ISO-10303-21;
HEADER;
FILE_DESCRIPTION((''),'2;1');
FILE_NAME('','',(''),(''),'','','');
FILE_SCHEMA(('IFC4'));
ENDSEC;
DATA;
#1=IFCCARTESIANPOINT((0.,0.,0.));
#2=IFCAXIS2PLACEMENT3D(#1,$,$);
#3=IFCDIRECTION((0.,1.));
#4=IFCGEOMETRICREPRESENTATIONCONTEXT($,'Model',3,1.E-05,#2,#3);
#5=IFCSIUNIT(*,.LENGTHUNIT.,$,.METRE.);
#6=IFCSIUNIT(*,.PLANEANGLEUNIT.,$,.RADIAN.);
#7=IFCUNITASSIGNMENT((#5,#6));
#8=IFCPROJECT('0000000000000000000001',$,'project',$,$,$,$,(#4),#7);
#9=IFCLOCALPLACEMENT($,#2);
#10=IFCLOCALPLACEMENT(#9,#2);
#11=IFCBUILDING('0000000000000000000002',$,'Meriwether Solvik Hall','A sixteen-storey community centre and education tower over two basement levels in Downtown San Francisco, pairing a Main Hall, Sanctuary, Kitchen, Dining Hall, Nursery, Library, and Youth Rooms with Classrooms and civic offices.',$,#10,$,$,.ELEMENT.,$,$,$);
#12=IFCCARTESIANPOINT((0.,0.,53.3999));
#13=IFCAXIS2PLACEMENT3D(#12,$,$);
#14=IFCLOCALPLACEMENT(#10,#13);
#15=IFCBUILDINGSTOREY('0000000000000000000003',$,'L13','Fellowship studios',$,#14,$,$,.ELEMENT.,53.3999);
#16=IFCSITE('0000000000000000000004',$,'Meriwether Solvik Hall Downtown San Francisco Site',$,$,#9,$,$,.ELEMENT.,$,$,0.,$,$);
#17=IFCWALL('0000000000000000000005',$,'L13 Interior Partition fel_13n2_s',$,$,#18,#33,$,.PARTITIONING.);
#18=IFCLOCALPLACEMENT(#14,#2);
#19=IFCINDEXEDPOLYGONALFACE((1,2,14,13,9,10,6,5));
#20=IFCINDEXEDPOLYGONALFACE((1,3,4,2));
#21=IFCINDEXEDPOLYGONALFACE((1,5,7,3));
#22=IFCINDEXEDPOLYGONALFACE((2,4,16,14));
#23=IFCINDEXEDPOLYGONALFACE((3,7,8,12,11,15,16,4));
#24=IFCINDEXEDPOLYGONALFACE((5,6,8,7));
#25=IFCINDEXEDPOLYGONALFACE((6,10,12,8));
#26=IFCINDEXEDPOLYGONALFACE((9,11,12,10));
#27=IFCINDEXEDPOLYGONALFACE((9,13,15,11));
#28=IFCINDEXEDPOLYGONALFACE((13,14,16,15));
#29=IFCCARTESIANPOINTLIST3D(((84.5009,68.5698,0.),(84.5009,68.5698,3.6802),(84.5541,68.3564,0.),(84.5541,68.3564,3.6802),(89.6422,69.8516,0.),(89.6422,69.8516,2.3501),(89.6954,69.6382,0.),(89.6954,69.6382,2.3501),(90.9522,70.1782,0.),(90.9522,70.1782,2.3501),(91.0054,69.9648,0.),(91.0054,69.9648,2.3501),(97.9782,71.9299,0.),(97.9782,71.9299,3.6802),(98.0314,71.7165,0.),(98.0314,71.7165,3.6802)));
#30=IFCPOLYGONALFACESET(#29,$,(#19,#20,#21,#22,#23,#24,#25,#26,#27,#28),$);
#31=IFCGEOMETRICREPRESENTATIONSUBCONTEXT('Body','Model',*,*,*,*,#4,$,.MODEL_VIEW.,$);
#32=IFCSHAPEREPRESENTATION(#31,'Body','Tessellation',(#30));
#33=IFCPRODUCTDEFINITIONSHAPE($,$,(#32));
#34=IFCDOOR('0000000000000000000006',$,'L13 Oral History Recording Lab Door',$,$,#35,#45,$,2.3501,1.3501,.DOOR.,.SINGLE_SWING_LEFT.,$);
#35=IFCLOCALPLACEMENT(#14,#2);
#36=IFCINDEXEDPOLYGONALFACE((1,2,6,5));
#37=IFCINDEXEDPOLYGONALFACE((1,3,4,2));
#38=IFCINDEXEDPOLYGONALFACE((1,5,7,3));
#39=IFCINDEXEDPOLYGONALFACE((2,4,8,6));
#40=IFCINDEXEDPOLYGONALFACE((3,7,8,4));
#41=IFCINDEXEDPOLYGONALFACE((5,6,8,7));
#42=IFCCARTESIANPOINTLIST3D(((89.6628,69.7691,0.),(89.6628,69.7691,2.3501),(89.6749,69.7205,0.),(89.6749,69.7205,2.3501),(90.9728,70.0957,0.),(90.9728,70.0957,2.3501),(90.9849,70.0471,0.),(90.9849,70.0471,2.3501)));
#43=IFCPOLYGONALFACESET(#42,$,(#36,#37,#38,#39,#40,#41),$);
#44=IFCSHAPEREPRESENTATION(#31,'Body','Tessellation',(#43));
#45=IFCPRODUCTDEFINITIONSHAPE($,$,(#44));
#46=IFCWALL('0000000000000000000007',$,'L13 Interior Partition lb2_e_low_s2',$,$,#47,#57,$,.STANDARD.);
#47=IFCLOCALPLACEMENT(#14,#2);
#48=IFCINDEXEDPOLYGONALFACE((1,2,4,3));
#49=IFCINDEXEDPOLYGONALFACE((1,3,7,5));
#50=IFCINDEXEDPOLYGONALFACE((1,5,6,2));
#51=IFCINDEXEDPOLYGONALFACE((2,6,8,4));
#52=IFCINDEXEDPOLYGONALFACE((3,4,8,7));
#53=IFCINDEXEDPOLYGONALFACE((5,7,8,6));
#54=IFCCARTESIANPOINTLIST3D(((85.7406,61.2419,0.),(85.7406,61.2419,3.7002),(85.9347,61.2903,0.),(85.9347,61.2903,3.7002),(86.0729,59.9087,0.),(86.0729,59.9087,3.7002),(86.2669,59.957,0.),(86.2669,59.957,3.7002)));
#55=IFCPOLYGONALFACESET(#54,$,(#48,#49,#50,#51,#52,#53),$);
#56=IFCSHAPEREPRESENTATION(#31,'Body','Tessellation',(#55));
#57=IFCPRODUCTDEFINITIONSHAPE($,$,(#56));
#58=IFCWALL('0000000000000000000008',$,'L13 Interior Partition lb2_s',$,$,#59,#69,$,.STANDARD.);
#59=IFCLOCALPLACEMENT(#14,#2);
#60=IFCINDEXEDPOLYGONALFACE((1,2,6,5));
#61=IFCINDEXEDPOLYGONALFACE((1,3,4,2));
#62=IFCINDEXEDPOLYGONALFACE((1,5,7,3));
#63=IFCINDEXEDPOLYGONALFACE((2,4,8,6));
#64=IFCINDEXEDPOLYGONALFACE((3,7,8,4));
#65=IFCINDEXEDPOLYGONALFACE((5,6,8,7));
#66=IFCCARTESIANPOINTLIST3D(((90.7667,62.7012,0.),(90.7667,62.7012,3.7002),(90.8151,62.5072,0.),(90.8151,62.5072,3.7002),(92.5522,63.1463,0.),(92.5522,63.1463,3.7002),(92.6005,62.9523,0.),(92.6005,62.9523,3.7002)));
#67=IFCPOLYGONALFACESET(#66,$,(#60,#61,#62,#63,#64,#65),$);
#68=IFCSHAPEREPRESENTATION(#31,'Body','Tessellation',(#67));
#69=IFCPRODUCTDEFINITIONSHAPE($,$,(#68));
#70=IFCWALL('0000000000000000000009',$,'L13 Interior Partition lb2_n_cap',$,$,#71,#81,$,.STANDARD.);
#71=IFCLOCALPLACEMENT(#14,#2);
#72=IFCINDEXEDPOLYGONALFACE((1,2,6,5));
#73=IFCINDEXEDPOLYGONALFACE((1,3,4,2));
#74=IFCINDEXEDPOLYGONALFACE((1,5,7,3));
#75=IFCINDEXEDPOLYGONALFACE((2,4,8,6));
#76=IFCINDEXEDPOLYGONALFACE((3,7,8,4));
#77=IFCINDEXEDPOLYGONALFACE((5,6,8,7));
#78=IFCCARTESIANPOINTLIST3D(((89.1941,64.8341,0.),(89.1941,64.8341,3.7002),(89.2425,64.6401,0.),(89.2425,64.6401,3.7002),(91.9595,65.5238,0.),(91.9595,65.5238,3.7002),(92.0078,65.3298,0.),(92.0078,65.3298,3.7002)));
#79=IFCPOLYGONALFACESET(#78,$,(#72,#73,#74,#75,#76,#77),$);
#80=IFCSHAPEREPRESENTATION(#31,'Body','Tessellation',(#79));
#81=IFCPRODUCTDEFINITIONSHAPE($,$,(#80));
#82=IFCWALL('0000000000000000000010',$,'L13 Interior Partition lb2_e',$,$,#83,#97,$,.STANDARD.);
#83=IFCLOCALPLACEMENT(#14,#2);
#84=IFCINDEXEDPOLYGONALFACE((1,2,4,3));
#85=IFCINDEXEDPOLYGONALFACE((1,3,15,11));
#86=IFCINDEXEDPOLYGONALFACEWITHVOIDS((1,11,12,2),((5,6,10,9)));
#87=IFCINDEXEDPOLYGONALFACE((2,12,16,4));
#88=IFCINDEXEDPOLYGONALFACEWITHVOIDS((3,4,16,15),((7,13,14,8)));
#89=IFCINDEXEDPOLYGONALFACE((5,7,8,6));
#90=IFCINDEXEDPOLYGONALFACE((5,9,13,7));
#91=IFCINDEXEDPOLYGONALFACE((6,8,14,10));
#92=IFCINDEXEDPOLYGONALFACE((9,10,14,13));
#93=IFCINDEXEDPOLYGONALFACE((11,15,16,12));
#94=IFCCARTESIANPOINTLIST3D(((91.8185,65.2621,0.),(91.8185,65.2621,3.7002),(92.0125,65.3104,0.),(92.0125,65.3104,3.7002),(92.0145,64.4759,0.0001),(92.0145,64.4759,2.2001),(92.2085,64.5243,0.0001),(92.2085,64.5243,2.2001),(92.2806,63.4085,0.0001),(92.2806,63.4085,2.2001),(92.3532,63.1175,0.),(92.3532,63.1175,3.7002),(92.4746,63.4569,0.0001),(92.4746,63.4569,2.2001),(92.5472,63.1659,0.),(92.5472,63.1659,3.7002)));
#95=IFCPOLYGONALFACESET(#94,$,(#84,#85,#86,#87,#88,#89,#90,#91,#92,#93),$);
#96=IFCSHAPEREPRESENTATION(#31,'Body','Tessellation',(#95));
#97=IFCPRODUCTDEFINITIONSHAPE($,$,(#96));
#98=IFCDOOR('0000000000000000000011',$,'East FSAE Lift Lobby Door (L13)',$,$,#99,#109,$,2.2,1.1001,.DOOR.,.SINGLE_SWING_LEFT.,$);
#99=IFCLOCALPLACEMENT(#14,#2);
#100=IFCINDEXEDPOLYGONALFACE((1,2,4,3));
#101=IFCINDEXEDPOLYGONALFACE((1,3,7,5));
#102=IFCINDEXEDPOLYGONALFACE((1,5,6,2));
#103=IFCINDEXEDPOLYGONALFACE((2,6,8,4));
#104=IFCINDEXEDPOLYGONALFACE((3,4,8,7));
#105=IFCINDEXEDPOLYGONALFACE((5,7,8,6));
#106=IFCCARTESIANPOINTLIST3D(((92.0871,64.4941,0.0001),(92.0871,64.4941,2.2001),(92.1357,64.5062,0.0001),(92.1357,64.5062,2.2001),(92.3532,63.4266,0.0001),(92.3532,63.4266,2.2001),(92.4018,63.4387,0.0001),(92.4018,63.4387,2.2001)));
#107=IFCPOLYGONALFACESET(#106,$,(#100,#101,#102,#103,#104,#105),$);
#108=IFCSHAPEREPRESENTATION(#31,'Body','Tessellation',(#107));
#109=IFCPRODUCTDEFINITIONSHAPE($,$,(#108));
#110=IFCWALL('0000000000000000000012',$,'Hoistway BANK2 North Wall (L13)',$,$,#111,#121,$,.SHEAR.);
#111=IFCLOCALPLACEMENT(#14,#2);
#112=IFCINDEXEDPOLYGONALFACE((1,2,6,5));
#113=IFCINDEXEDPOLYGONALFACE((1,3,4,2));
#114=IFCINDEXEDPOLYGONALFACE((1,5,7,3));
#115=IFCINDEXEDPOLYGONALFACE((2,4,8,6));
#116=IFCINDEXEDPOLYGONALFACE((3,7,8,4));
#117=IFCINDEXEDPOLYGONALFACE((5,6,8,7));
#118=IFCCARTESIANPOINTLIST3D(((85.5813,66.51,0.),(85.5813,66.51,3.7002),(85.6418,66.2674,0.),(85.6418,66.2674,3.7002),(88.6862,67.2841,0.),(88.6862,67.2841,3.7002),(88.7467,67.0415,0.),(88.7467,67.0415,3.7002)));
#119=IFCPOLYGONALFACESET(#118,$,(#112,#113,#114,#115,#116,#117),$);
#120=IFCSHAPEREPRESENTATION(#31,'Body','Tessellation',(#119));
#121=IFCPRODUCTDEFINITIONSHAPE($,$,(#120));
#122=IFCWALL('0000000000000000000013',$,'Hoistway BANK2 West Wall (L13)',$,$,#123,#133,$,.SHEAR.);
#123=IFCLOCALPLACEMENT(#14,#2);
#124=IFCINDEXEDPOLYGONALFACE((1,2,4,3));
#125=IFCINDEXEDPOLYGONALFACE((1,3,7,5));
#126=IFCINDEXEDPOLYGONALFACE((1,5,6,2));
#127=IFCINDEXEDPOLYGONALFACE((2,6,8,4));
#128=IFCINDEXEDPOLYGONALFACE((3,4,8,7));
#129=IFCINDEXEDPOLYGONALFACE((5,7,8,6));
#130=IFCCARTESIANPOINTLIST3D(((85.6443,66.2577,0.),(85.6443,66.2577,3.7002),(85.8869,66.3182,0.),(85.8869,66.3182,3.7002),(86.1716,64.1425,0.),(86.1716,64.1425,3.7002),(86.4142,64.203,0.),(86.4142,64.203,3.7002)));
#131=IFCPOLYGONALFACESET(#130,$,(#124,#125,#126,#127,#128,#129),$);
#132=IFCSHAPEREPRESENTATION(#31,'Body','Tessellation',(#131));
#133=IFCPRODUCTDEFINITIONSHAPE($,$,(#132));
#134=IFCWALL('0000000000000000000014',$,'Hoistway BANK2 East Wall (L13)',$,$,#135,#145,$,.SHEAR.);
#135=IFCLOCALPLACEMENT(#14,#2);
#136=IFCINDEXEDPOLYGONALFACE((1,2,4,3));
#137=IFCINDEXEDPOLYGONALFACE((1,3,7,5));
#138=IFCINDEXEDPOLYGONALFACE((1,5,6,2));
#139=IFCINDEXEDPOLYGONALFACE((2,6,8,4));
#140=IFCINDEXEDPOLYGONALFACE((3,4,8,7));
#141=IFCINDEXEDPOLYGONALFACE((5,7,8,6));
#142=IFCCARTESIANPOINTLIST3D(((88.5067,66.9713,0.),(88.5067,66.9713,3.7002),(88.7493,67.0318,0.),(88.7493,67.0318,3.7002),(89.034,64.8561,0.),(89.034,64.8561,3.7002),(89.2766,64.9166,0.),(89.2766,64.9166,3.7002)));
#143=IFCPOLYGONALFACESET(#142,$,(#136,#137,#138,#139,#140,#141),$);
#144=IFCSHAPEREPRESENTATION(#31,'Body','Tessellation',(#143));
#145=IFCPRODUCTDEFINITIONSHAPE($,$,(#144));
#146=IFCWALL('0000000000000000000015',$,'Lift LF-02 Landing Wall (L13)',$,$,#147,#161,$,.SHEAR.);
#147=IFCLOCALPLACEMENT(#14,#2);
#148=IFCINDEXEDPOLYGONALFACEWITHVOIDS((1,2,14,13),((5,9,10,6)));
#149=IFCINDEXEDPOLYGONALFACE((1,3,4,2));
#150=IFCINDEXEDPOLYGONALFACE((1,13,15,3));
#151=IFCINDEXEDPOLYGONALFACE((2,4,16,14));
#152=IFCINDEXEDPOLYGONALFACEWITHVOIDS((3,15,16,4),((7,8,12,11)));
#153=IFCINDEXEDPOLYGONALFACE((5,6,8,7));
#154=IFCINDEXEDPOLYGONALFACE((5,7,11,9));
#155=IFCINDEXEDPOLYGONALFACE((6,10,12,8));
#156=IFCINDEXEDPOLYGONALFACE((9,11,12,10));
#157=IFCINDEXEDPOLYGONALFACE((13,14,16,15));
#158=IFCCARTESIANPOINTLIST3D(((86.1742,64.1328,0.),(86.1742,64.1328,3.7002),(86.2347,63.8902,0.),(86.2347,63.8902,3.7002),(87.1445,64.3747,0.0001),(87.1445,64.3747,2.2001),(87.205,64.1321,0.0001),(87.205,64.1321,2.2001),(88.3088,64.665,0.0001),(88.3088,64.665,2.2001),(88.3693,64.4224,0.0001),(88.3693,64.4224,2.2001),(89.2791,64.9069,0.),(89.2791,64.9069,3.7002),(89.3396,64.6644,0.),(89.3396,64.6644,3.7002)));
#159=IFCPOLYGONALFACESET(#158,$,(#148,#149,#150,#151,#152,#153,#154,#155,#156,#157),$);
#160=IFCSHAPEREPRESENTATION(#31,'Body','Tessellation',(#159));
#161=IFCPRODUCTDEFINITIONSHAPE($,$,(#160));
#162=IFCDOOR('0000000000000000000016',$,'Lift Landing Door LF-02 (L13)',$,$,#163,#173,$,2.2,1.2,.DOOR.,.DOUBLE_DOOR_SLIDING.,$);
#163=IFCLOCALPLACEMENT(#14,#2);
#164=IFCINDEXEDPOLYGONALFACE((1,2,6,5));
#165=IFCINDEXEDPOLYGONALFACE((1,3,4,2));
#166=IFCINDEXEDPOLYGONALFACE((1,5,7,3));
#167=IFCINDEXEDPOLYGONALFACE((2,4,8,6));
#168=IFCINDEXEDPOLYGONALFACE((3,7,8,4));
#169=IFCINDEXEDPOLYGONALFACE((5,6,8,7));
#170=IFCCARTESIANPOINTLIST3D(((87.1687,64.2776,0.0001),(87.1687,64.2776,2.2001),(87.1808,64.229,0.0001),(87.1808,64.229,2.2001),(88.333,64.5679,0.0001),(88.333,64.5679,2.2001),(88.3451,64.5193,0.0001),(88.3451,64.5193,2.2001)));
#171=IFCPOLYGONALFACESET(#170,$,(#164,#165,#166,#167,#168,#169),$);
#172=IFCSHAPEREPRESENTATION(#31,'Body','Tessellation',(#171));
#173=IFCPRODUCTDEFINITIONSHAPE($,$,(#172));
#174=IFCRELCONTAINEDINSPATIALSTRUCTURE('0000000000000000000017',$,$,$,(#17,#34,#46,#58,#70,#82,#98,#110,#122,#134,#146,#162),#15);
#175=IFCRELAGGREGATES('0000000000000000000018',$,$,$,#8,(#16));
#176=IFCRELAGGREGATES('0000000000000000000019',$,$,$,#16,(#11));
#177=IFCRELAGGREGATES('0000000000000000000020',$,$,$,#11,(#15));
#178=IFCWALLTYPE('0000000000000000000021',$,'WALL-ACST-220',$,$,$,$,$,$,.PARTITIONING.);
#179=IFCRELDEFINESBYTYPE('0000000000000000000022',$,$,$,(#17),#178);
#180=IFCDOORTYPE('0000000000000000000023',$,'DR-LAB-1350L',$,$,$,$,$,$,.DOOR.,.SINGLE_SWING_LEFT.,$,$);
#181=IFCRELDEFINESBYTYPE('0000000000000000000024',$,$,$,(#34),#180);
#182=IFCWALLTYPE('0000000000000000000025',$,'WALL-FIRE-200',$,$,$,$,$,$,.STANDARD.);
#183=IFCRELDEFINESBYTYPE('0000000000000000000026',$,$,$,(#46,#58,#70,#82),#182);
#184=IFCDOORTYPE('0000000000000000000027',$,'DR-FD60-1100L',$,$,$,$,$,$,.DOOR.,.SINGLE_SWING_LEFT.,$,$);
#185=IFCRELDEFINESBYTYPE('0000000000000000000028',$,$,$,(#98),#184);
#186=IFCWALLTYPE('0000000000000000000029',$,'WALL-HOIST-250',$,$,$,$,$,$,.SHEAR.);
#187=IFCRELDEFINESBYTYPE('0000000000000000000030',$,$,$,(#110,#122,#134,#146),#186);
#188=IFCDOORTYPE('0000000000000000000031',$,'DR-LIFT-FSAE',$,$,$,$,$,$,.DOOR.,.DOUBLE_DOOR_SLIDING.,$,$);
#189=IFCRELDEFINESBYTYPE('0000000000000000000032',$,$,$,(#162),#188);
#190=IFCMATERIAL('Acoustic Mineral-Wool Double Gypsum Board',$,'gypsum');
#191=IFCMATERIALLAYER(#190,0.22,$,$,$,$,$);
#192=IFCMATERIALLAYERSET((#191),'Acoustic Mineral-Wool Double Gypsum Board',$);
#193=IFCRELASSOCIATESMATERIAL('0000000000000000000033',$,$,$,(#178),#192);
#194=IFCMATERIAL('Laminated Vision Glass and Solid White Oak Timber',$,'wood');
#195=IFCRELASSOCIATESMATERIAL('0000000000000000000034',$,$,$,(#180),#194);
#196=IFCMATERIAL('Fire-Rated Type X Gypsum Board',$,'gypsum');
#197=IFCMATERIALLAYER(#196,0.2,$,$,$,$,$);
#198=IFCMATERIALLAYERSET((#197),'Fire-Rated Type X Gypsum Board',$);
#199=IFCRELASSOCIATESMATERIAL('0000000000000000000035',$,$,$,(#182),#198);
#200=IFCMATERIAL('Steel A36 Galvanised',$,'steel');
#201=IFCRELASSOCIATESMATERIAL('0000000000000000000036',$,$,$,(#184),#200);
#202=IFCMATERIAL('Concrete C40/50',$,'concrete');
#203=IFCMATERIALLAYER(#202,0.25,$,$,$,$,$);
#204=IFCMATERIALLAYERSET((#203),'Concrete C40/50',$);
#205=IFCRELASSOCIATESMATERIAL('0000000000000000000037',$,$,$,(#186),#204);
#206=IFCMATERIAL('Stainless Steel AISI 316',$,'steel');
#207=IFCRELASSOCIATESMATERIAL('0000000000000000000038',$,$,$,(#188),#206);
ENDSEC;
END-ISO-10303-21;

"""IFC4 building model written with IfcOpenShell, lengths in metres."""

from ifc_helpers import new_model, si_unit, direction, frame, frame_2d, origin, place, context, subcontext, project, spatial, rectangle, extrude, material, layer, layer_set, type_object, element, fill, save


model = new_model("IFC4")

# Units and contexts
model_context = context("Model", 3, precision=1e-05, world=origin(), true_north=direction((0.0, 1.0)))
body_context = subcontext(model_context, "Body", "Model", "MODEL_VIEW")
ifc_project = project(units=[si_unit("LENGTHUNIT", "METRE"), si_unit("PLANEANGLEUNIT", "RADIAN")], contexts=[model_context])

# Site, building, storey
site_placement = place(None, origin())
site = spatial("IfcSite", under=ifc_project, at=site_placement, Name="Meriwether Solvik Hall Downtown San Francisco Site", CompositionType="ELEMENT", RefElevation=0.0)
building_placement = place(site_placement, origin())
building = spatial("IfcBuilding", under=site, at=building_placement, Name="Meriwether Solvik Hall", Description="A sixteen-storey community centre and education tower over two basement levels in Downtown San Francisco, pairing a Main Hall, Sanctuary, Kitchen, Dining Hall, Nursery, Library, and Youth Rooms with Classrooms and civic offices.", CompositionType="ELEMENT")
storey_placement = place(building_placement, frame((0.0, 0.0, 53.3999)))
storey = spatial("IfcBuildingStorey", under=building, at=storey_placement, Name="L13", Description="Fellowship studios", CompositionType="ELEMENT", Elevation=53.3999)

# Wall, opening, door
ifc_material_1 = material(Name="Acoustic Mineral-Wool Double Gypsum Board", Category="gypsum")
ifc_layer_1 = layer(ifc_material_1, 0.22)
ifc_layer_set_1 = layer_set([ifc_layer_1], Name="Acoustic Mineral-Wool Double Gypsum Board")
wall_type_1 = type_object("IfcWallType", Name="WALL-ACST-220", PredefinedType="PARTITIONING", material=ifc_layer_set_1)
wall_1_placement = place(storey_placement, frame((84.5276, 68.4631, 0.0), z_axis=(0.0, 0.0, 1.0), x_axis=(0.970298, 0.241911, 0.0)))
wall_1 = element("IfcWall", 1, at=wall_1_placement, inside=storey, type_object=wall_type_1, Name="L13 Interior Partition fel_13n2_s", PredefinedType="PARTITIONING", context=body_context, shape_type="SweptSolid", body=[
    extrude(rectangle(XDim=13.8899, YDim=0.22, at=frame_2d((6.9448, 0.0))), origin(), (0.0, 0.0, 1.0), 3.6802),
])
opening_1_placement = place(wall_1_placement, frame((5.2986, 0.0, 0.0)))
opening_1 = element("IfcOpeningElement", 2, at=opening_1_placement, cuts=wall_1, PredefinedType="OPENING", context=body_context, shape_type="SweptSolid", body=[
    extrude(rectangle(XDim=1.3501, YDim=2.3501, at=frame_2d((0.675, 1.175))), frame((0.0, 0.1221, 0.0), z_axis=(0.0, -1.0, 0.0), x_axis=(1.0, 0.0, 0.0)), (0.0, 0.0, 1.0), 0.2439),
])
ifc_material_2 = material(Name="Laminated Vision Glass and Solid White Oak Timber", Category="wood")
door_type_1 = type_object("IfcDoorType", Name="DR-LAB-1350L", OperationType="SINGLE_SWING_LEFT", PredefinedType="DOOR", material=ifc_material_2)
door_1_placement = place(opening_1_placement, origin())
door_1 = element("IfcDoor", 3, at=door_1_placement, inside=storey, type_object=door_type_1, Name="L13 Oral History Recording Lab Door", OperationType="SINGLE_SWING_LEFT", OverallHeight=2.3501, OverallWidth=1.3501, PredefinedType="DOOR", context=body_context, shape_type="SweptSolid", body=[
    extrude(rectangle(XDim=1.3501, YDim=2.3501, at=frame_2d((0.675, 1.175))), frame((0.0, 0.0249, 0.0), z_axis=(0.0, -1.0, 0.0), x_axis=(1.0, 0.0, 0.0)), (0.0, 0.0, 1.0), 0.05),
])
fill(opening_1, door_1)

# Walls
ifc_material_3 = material(Name="Fire-Rated Type X Gypsum Board", Category="gypsum")
ifc_layer_2 = layer(ifc_material_3, 0.2)
ifc_layer_set_2 = layer_set([ifc_layer_2], Name="Fire-Rated Type X Gypsum Board")
wall_type_2 = type_object("IfcWallType", Name="WALL-FIRE-200", PredefinedType="STANDARD", material=ifc_layer_set_2)
wall_2_placement = place(storey_placement, frame((86.1699, 59.9329, 0.0), z_axis=(0.0, 0.0, 1.0), x_axis=(-0.241825, 0.97032, 0.0)))
element("IfcWall", 4, at=wall_2_placement, inside=storey, type_object=wall_type_2, Name="L13 Interior Partition lb2_e_low_s2", PredefinedType="STANDARD", context=body_context, shape_type="SweptSolid", body=[
    extrude(rectangle(XDim=1.374, YDim=0.2, at=frame_2d((0.687, 0.0))), origin(), (0.0, 0.0, 1.0), 3.7002),
])
wall_3_placement = place(storey_placement, frame((90.791, 62.6042, 0.0), z_axis=(0.0, 0.0, 1.0), x_axis=(0.970306, 0.24188, 0.0)))
element("IfcWall", 5, at=wall_3_placement, inside=storey, type_object=wall_type_2, Name="L13 Interior Partition lb2_s", PredefinedType="STANDARD", context=body_context, shape_type="SweptSolid", body=[
    extrude(rectangle(XDim=1.8401, YDim=0.2, at=frame_2d((0.9199, 0.0))), origin(), (0.0, 0.0, 1.0), 3.7002),
])
wall_4_placement = place(storey_placement, frame((89.2183, 64.7371, 0.0), z_axis=(0.0, 0.0, 1.0), x_axis=(0.970278, 0.241991, 0.0)))
element("IfcWall", 6, at=wall_4_placement, inside=storey, type_object=wall_type_2, Name="L13 Interior Partition lb2_n_cap", PredefinedType="STANDARD", context=body_context, shape_type="SweptSolid", body=[
    extrude(rectangle(XDim=2.8501, YDim=0.2, at=frame_2d((1.425, 0.0))), origin(), (0.0, 0.0, 1.0), 3.7002),
])

# Wall, opening, door
wall_5_placement = place(storey_placement, frame((91.9155, 65.2861, 0.0), z_axis=(0.0, 0.0, 1.0), x_axis=(0.241912, -0.970298, 0.0)))
wall_5 = element("IfcWall", 7, at=wall_5_placement, inside=storey, type_object=wall_type_2, Name="L13 Interior Partition lb2_e", PredefinedType="STANDARD", context=body_context, shape_type="SweptSolid", body=[
    extrude(rectangle(XDim=2.2102, YDim=0.2, at=frame_2d((1.105, 0.0))), origin(), (0.0, 0.0, 1.0), 3.7002),
])
opening_2_placement = place(wall_5_placement, frame((0.8101, 0.0, 0.0)))
opening_2 = element("IfcOpeningElement", 8, at=opening_2_placement, cuts=wall_5, PredefinedType="OPENING", context=body_context, shape_type="SweptSolid", body=[
    extrude(rectangle(XDim=1.1001, YDim=2.2, at=frame_2d((0.55, 1.1001))), frame((0.0, 0.1118, 0.0), z_axis=(0.0, -1.0, 0.0), x_axis=(1.0, 0.0, 0.0)), (0.0, 0.0, 1.0), 0.2239),
])
ifc_material_4 = material(Name="Steel A36 Galvanised", Category="steel")
door_type_2 = type_object("IfcDoorType", Name="DR-FD60-1100L", OperationType="SINGLE_SWING_LEFT", PredefinedType="DOOR", material=ifc_material_4)
door_2_placement = place(opening_2_placement, origin())
door_2 = element("IfcDoor", 9, at=door_2_placement, inside=storey, type_object=door_type_2, Name="East FSAE Lift Lobby Door (L13)", OperationType="SINGLE_SWING_LEFT", OverallHeight=2.2, OverallWidth=1.1001, PredefinedType="DOOR", context=body_context, shape_type="SweptSolid", body=[
    extrude(rectangle(XDim=1.1001, YDim=2.2, at=frame_2d((0.55, 1.1001))), frame((0.0, 0.0249, 0.0), z_axis=(0.0, -1.0, 0.0), x_axis=(1.0, 0.0, 0.0)), (0.0, 0.0, 1.0), 0.05),
])
fill(opening_2, door_2)

# Walls
ifc_material_5 = material(Name="Concrete C40/50", Category="concrete")
ifc_layer_3 = layer(ifc_material_5, 0.25)
ifc_layer_set_3 = layer_set([ifc_layer_3], Name="Concrete C40/50")
wall_type_3 = type_object("IfcWallType", Name="WALL-HOIST-250", PredefinedType="SHEAR", material=ifc_layer_set_3)
wall_6_placement = place(storey_placement, frame((88.7166, 67.1628, 0.0), z_axis=(0.0, 0.0, 1.0), x_axis=(-0.970295, -0.241925, 0.0)))
element("IfcWall", 10, at=wall_6_placement, inside=storey, type_object=wall_type_3, Name="Hoistway BANK2 North Wall (L13)", PredefinedType="SHEAR", context=body_context, shape_type="SweptSolid", body=[
    extrude(rectangle(XDim=3.2, YDim=0.25, at=frame_2d((1.6001, 0.0))), origin(), (0.0, 0.0, 1.0), 3.7002),
])
for number, where, z_axis, x_axis, name in (
    (11, (85.7656, 66.2878, 0.0), (0.0, 0.0, 1.0), (0.241903, -0.9703, 0.0), "Hoistway BANK2 West Wall (L13)"),
    (12, (89.1553, 64.8865, 0.0), (0.0, 0.0, 1.0), (-0.241903, 0.9703, 0.0), "Hoistway BANK2 East Wall (L13)"),
):
    element("IfcWall", number, at=place(storey_placement, frame(where, z_axis=z_axis, x_axis=x_axis)), inside=storey, type_object=wall_type_3, Name=name, PredefinedType="SHEAR", context=body_context, shape_type="SweptSolid", body=[
        extrude(rectangle(XDim=2.1799, YDim=0.25, at=frame_2d((1.0898, 0.0))), origin(), (0.0, 0.0, 1.0), 3.7002),
    ])

# Wall, opening, door
wall_7_placement = place(storey_placement, frame((86.2043, 64.0115, 0.0), z_axis=(0.0, 0.0, 1.0), x_axis=(0.970295, 0.241925, 0.0)))
wall_7 = element("IfcWall", 13, at=wall_7_placement, inside=storey, type_object=wall_type_3, Name="Lift LF-02 Landing Wall (L13)", PredefinedType="SHEAR", context=body_context, shape_type="SweptSolid", body=[
    extrude(rectangle(XDim=3.2, YDim=0.25, at=frame_2d((1.6001, 0.0))), origin(), (0.0, 0.0, 1.0), 3.7002),
])
opening_3_placement = place(wall_7_placement, frame((1.0, 0.0, 0.0)))
opening_3 = element("IfcOpeningElement", 14, at=opening_3_placement, cuts=wall_7, PredefinedType="OPENING", context=body_context, shape_type="SweptSolid", body=[
    extrude(rectangle(XDim=1.2, YDim=2.2, at=frame_2d((0.6001, 1.1001))), frame((0.0, 0.137, 0.0), z_axis=(0.0, -1.0, 0.0), x_axis=(1.0, 0.0, 0.0)), (0.0, 0.0, 1.0), 0.2739),
])
ifc_material_6 = material(Name="Stainless Steel AISI 316", Category="steel")
door_type_3 = type_object("IfcDoorType", Name="DR-LIFT-FSAE", OperationType="DOUBLE_DOOR_SLIDING", PredefinedType="DOOR", material=ifc_material_6)
door_3_placement = place(opening_3_placement, origin())
door_3 = element("IfcDoor", 15, at=door_3_placement, inside=storey, type_object=door_type_3, Name="Lift Landing Door LF-02 (L13)", OperationType="DOUBLE_DOOR_SLIDING", OverallHeight=2.2, OverallWidth=1.2, PredefinedType="DOOR", context=body_context, shape_type="SweptSolid", body=[
    extrude(rectangle(XDim=1.2, YDim=2.2, at=frame_2d((0.6001, 1.1001))), frame((0.0, 0.0249, 0.0), z_axis=(0.0, -1.0, 0.0), x_axis=(1.0, 0.0, 0.0)), (0.0, 0.0, 1.0), 0.05),
])
fill(opening_3, door_3)

save(model, "model.ifc")
